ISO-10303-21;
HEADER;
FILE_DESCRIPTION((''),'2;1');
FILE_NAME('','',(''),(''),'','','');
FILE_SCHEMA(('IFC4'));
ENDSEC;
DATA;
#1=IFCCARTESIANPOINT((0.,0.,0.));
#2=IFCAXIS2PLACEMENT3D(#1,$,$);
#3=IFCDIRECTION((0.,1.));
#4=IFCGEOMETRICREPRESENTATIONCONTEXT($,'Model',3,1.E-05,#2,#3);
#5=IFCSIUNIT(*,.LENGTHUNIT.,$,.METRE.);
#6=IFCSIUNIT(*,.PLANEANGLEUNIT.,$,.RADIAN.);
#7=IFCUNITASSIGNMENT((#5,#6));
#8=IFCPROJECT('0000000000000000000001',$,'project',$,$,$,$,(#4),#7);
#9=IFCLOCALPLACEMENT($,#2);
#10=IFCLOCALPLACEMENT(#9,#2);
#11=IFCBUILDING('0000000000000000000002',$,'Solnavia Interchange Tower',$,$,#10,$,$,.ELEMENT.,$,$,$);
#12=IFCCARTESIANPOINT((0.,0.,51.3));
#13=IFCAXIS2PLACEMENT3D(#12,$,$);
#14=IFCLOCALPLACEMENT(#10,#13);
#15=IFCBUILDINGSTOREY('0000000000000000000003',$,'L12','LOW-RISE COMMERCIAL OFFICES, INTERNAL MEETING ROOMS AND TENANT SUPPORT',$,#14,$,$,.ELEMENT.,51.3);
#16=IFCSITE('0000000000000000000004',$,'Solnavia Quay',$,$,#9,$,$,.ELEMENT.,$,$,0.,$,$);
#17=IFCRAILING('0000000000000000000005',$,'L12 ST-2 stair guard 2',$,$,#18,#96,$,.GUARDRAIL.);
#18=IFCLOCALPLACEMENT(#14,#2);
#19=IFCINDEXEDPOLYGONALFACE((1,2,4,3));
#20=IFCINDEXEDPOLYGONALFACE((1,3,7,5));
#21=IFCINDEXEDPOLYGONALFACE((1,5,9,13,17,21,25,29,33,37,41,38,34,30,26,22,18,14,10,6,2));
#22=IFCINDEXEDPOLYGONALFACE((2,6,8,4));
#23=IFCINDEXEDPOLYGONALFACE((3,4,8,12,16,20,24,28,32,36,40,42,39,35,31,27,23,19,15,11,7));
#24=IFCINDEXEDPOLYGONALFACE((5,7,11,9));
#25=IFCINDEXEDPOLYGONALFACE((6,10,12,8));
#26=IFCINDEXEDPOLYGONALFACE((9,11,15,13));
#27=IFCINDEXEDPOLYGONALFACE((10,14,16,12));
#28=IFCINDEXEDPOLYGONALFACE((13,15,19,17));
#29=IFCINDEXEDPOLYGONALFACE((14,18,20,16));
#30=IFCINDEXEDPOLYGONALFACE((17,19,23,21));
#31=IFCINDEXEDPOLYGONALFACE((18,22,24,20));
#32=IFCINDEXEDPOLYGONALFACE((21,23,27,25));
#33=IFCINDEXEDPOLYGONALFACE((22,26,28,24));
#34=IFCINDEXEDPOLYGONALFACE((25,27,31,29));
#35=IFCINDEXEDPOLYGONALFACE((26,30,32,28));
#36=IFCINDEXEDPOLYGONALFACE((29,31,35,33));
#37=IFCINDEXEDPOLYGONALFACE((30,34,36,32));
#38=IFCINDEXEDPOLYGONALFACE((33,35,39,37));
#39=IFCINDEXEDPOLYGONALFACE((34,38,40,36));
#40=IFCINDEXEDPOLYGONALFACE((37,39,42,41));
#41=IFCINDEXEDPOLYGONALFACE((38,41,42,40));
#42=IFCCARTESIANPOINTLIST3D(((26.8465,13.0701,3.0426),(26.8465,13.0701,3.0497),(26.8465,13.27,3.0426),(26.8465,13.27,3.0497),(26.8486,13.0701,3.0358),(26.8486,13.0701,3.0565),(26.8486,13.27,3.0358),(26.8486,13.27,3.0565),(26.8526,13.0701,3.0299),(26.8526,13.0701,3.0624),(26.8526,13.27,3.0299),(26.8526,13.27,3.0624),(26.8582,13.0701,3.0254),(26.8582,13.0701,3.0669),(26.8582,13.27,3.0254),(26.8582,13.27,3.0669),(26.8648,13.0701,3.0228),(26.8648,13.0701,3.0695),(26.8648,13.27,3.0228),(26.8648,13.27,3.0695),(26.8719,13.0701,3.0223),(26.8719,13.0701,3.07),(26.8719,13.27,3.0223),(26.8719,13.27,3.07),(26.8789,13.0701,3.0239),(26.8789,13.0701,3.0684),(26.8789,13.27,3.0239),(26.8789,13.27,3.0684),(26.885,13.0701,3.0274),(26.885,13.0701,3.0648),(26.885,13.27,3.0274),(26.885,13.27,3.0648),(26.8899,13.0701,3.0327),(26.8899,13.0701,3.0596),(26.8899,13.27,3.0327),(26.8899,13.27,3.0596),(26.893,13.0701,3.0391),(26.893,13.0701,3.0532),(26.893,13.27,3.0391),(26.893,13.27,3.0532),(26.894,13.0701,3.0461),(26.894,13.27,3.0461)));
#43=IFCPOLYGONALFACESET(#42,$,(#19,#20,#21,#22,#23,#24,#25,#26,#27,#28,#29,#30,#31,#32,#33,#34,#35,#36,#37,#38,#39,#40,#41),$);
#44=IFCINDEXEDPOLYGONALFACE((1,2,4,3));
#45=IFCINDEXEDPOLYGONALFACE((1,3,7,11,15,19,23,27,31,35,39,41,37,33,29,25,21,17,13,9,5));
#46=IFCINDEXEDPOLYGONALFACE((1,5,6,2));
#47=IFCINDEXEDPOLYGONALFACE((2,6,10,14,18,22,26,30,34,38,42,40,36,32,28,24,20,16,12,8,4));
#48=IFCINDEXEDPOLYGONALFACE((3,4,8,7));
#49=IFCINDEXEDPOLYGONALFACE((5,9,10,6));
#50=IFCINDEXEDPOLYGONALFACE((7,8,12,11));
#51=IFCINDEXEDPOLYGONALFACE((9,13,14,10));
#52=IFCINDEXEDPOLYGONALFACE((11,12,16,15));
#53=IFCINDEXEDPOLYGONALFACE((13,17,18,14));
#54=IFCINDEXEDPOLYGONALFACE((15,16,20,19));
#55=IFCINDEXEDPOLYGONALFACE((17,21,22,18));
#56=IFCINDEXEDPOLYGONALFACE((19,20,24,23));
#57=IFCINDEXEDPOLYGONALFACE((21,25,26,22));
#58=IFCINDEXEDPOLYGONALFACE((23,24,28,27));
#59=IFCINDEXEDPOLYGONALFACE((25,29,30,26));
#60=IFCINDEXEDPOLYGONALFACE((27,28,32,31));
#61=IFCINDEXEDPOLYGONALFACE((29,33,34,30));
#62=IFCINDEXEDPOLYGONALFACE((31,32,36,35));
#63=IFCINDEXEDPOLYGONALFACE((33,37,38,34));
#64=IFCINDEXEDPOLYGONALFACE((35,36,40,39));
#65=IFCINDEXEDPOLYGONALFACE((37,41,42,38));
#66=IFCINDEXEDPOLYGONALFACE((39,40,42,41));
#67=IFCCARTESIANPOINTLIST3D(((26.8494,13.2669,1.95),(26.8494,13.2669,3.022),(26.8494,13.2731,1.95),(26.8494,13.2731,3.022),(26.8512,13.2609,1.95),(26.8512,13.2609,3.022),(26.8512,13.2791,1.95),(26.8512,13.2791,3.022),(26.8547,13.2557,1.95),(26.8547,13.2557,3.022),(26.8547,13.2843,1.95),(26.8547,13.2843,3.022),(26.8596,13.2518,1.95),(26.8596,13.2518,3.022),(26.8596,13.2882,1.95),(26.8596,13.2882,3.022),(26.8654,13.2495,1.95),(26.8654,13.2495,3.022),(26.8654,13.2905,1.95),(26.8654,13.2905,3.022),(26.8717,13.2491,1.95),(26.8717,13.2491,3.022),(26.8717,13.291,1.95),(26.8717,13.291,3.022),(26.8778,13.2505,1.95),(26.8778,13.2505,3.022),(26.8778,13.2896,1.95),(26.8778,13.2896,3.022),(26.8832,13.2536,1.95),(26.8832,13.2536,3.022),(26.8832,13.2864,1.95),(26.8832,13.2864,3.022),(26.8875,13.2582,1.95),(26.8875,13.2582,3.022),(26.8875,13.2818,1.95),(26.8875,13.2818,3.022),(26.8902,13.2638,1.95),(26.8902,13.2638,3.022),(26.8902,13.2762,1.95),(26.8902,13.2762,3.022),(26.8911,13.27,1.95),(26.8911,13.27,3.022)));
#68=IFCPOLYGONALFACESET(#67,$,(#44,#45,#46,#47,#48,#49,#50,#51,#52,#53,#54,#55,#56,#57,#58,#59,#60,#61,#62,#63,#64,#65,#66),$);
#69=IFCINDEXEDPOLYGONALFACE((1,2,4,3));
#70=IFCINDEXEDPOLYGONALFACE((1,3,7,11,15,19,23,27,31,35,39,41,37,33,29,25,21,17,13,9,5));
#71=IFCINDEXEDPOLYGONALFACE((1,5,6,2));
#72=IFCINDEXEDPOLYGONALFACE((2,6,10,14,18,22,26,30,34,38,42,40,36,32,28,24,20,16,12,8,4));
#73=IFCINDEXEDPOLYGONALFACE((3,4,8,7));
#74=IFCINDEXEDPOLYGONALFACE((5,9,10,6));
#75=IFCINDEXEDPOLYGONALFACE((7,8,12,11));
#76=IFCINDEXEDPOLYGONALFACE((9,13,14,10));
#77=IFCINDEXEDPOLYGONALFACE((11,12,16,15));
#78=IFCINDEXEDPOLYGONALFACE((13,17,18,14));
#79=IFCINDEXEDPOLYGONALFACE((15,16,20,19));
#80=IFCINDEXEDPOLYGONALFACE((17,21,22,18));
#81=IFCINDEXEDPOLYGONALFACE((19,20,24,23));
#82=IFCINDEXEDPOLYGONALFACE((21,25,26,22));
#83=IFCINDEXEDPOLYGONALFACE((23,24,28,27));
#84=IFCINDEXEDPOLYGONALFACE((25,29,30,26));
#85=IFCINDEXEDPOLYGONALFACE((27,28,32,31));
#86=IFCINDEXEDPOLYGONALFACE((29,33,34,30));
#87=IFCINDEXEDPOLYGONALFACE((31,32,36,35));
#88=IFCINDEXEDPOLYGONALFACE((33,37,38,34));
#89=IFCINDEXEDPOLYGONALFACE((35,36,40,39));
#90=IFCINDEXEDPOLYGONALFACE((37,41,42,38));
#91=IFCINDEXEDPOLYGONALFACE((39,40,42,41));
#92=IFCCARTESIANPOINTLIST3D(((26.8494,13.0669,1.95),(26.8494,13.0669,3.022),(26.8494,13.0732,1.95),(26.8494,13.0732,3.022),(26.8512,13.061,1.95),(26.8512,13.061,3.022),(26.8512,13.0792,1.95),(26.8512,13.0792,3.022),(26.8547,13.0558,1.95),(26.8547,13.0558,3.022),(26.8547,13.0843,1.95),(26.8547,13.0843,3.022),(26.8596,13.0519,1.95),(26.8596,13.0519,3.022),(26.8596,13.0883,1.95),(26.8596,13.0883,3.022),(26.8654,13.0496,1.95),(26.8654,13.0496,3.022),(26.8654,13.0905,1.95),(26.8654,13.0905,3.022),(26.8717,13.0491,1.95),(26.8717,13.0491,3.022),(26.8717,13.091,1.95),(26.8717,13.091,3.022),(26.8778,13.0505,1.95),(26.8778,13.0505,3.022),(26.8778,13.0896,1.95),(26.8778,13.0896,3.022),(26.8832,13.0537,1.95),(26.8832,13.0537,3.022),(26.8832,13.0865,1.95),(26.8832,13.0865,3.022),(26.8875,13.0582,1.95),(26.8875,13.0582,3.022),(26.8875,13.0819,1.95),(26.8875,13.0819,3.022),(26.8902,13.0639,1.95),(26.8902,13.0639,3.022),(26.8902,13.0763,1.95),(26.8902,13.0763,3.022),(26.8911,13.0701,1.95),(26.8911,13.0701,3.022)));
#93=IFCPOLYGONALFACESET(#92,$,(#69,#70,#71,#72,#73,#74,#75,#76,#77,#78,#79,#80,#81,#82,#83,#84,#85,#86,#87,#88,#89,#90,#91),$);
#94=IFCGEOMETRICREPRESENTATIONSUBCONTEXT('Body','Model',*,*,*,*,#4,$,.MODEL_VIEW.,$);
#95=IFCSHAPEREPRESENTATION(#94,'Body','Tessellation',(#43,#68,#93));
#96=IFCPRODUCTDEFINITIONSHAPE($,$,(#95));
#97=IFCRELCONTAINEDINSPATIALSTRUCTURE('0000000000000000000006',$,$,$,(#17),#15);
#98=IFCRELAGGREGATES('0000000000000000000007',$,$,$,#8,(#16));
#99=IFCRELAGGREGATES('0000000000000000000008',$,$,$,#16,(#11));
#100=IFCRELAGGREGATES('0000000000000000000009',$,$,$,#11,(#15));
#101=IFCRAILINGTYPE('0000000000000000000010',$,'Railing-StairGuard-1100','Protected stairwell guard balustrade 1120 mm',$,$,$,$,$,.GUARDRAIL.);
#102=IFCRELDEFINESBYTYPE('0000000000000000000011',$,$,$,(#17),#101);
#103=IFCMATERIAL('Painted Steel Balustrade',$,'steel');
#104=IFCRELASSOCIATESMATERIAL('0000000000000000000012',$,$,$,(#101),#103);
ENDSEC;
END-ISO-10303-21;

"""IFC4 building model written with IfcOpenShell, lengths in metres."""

from ifc_helpers import new_model, si_unit, direction, frame, origin, origin_2d, place, context, subcontext, project, spatial, circle, extrude, material, type_object, element, save


model = new_model("IFC4")

# Units and contexts
model_context = context("Model", 3, precision=1e-05, world=origin(), true_north=direction((0.0, 1.0)))
body_context = subcontext(model_context, "Body", "Model", "MODEL_VIEW")
ifc_project = project(units=[si_unit("LENGTHUNIT", "METRE"), si_unit("PLANEANGLEUNIT", "RADIAN")], contexts=[model_context])

# Site, building, storey
site_placement = place(None, origin())
site = spatial("IfcSite", under=ifc_project, at=site_placement, Name="Solnavia Quay", CompositionType="ELEMENT", RefElevation=0.0)
building_placement = place(site_placement, origin())
building = spatial("IfcBuilding", under=site, at=building_placement, Name="Solnavia Interchange Tower", CompositionType="ELEMENT")
storey_placement = place(building_placement, frame((0.0, 0.0, 51.3)))
storey = spatial("IfcBuildingStorey", under=building, at=storey_placement, Name="L12", Description="LOW-RISE COMMERCIAL OFFICES, INTERNAL MEETING ROOMS AND TENANT SUPPORT", CompositionType="ELEMENT", Elevation=51.3)

# Railing
ifc_material_1 = material(Name="Painted Steel Balustrade", Category="steel")
railing_type_1 = type_object("IfcRailingType", Name="Railing-StairGuard-1100", Description="Protected stairwell guard balustrade 1120 mm", PredefinedType="GUARDRAIL", material=ifc_material_1)
railing_1_placement = place(storey_placement, frame((26.8701, 13.27, 1.95)))
element("IfcRailing", 1, at=railing_1_placement, inside=storey, type_object=railing_type_1, Name="L12 ST-2 stair guard 2", PredefinedType="GUARDRAIL", context=body_context, shape_type="SweptSolid", body=[
    extrude(circle(Radius=0.0239, at=origin_2d()), frame((0.0, 0.0, 1.0962), z_axis=(0.0, -1.0, 0.0), x_axis=(1.0, 0.0, 0.0)), (0.0, 0.0, 1.0), 0.2),
    extrude(circle(Radius=0.021, at=origin_2d()), origin(), (0.0, 0.0, 1.0), 1.072),
    extrude(circle(Radius=0.021, at=origin_2d()), frame((0.0, -0.2, 0.0)), (0.0, 0.0, 1.0), 1.072),
])

save(model, "model.ifc")
